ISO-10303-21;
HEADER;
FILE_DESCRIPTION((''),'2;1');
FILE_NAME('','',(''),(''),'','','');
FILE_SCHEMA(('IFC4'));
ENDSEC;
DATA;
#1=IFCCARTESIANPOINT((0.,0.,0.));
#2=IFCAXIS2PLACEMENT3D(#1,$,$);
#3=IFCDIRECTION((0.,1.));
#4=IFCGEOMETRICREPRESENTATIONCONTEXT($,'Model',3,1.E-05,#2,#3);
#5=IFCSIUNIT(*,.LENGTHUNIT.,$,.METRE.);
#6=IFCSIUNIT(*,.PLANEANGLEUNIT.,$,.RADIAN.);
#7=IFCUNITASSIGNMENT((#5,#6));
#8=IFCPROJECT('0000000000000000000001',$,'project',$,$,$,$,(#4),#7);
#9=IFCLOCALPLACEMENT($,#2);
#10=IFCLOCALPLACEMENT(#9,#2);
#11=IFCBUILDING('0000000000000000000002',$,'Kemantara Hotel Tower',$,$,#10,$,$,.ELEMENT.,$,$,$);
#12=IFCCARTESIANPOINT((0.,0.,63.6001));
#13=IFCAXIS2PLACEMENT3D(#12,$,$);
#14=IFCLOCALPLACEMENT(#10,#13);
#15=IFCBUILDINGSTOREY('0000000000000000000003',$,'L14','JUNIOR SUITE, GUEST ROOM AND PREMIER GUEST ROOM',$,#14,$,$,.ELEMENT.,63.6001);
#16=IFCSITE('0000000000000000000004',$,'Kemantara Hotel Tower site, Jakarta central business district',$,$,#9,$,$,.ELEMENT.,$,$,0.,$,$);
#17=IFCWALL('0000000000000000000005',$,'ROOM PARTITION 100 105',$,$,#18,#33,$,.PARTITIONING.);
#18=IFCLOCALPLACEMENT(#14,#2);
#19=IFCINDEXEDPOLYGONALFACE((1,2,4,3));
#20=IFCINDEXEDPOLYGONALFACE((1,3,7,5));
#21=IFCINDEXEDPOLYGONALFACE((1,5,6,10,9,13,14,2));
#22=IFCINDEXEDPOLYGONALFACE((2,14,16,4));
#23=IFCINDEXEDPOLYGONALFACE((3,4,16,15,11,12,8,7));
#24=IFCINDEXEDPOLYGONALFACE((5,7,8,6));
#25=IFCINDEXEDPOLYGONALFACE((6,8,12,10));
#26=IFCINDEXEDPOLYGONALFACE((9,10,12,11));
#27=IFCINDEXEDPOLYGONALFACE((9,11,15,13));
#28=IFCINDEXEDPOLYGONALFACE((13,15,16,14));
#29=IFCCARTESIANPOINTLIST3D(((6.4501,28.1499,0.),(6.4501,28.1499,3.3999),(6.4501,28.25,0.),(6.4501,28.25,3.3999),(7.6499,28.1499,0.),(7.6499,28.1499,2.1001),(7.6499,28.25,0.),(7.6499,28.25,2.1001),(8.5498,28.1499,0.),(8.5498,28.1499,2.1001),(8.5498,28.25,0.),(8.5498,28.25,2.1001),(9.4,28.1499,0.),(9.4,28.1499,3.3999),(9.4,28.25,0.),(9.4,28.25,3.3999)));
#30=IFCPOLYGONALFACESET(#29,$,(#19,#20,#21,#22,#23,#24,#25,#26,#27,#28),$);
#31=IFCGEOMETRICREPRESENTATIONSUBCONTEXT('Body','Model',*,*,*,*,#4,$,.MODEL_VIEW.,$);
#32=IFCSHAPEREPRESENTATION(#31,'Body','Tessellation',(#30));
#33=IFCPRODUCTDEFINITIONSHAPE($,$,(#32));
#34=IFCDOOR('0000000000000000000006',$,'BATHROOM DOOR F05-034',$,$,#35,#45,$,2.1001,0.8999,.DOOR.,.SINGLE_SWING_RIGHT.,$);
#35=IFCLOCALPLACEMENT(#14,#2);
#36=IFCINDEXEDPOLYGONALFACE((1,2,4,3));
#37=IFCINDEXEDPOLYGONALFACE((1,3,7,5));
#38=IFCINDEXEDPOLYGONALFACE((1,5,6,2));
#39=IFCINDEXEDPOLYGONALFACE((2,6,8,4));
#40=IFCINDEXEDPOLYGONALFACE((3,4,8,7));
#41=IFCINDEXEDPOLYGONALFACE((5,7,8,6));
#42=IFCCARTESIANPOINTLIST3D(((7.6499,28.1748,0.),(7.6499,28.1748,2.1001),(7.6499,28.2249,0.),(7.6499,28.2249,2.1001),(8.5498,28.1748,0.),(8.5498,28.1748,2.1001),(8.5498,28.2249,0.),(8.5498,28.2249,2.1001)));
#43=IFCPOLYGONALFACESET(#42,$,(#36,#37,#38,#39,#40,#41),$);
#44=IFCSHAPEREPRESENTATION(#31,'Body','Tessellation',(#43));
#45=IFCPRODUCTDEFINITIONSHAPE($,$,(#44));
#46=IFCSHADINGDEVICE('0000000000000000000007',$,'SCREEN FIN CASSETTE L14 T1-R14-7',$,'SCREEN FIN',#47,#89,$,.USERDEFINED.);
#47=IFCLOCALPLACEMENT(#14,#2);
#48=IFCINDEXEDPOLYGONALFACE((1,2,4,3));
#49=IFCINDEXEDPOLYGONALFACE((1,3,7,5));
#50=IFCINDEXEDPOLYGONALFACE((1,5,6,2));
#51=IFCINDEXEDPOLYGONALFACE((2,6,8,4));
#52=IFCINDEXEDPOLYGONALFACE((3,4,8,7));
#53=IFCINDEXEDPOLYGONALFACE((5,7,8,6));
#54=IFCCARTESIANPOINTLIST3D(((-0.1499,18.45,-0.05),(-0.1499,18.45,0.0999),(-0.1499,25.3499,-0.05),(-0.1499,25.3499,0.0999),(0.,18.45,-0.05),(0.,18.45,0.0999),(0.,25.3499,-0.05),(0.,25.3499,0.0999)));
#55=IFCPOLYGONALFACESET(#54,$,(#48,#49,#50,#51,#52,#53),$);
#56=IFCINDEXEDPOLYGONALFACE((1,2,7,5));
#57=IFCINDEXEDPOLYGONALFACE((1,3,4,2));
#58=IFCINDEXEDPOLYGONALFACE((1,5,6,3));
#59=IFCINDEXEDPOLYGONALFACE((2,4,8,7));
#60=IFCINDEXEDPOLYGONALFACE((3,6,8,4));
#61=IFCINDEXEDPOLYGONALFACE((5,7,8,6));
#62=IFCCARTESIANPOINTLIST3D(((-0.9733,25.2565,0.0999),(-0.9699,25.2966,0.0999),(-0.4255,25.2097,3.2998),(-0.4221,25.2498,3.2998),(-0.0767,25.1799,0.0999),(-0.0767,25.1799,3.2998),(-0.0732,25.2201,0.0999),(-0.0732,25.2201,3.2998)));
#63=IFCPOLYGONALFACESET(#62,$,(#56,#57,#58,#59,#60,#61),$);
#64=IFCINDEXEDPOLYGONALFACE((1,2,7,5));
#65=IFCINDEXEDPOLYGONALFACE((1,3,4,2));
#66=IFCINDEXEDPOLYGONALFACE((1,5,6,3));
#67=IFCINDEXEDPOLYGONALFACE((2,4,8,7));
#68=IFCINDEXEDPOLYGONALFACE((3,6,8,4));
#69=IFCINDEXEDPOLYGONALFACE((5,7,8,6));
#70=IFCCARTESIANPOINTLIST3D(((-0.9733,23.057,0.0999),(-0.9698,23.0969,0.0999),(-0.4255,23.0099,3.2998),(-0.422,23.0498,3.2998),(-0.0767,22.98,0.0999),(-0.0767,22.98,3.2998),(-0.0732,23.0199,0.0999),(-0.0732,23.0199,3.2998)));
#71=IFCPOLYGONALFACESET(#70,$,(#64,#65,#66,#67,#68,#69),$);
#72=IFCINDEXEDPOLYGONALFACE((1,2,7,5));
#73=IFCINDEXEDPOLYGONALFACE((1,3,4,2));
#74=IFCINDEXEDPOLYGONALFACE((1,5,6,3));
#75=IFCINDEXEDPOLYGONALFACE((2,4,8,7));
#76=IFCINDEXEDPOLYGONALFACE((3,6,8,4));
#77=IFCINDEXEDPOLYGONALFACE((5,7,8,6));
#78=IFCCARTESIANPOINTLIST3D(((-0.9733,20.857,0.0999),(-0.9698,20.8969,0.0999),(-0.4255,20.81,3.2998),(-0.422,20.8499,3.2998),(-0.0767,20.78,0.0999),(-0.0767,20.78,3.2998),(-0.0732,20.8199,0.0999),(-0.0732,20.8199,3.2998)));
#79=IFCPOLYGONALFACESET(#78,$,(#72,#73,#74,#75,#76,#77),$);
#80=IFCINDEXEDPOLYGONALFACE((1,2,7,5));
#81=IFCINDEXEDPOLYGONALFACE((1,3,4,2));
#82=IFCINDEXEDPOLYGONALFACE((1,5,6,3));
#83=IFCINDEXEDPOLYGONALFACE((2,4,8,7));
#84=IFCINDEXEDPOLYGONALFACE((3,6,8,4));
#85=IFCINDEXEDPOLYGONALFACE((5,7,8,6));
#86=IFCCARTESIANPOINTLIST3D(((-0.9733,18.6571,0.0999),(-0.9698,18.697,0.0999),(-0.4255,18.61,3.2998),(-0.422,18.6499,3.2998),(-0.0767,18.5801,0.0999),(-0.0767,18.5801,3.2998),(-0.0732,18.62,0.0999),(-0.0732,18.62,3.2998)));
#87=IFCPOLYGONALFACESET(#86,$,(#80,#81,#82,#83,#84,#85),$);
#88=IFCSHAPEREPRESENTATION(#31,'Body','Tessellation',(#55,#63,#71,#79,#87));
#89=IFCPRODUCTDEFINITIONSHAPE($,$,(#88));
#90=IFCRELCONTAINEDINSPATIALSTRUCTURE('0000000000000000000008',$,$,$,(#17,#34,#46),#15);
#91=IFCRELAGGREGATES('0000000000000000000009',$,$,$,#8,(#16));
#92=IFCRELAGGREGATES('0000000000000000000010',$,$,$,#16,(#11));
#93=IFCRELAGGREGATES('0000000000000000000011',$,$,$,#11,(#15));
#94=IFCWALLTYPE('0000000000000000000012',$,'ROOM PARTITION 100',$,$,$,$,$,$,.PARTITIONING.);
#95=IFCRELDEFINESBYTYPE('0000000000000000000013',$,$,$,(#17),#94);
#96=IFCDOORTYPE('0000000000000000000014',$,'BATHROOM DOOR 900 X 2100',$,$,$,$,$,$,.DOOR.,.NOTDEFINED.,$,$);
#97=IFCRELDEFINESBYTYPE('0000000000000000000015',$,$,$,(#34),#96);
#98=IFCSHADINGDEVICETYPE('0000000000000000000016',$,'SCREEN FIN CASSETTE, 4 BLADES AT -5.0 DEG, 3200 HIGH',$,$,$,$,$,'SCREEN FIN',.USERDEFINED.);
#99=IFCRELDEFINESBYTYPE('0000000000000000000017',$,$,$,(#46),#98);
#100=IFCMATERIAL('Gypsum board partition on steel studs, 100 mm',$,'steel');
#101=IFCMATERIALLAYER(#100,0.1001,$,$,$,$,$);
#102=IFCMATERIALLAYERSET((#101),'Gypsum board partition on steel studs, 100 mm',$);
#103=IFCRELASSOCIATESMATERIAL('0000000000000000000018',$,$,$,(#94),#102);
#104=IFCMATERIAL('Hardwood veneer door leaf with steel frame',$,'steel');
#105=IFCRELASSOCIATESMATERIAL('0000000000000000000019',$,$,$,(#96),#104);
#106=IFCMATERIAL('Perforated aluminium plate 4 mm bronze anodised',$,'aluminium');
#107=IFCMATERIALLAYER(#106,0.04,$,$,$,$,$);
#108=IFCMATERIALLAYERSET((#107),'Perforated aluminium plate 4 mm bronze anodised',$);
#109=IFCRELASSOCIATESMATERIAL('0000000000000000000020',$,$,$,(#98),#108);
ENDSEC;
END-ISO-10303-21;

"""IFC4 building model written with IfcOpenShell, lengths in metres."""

from ifc_helpers import new_model, si_unit, direction, frame, frame_2d, origin, origin_2d, place, context, subcontext, project, spatial, polyline, rectangle, outline, extrude, source, transform, mapped, material, layer, layer_set, type_object, element, fill, save


model = new_model("IFC4")

# Units and contexts
model_context = context("Model", 3, precision=1e-05, world=origin(), true_north=direction((0.0, 1.0)))
body_context = subcontext(model_context, "Body", "Model", "MODEL_VIEW")
ifc_project = project(units=[si_unit("LENGTHUNIT", "METRE"), si_unit("PLANEANGLEUNIT", "RADIAN")], contexts=[model_context])

# Site, building, storey
site_placement = place(None, origin())
site = spatial("IfcSite", under=ifc_project, at=site_placement, Name="Kemantara Hotel Tower site, Jakarta central business district", CompositionType="ELEMENT", RefElevation=0.0)
building_placement = place(site_placement, origin())
building = spatial("IfcBuilding", under=site, at=building_placement, Name="Kemantara Hotel Tower", CompositionType="ELEMENT")
storey_placement = place(building_placement, frame((0.0, 0.0, 63.6001)))
storey = spatial("IfcBuildingStorey", under=building, at=storey_placement, Name="L14", Description="JUNIOR SUITE, GUEST ROOM AND PREMIER GUEST ROOM", CompositionType="ELEMENT", Elevation=63.6001)

# Shared definitions
ifc_material_1 = material(Name="Hardwood veneer door leaf with steel frame", Category="steel")

# Shared definitions
ifc_material_2 = material(Name="Gypsum board partition on steel studs, 100 mm", Category="steel")
ifc_layer_1 = layer(ifc_material_2, 0.1001)
ifc_layer_set_1 = layer_set([ifc_layer_1], Name="Gypsum board partition on steel studs, 100 mm")
wall_type_1 = type_object("IfcWallType", Name="ROOM PARTITION 100", PredefinedType="PARTITIONING", material=ifc_layer_set_1)

# Wall, opening, door
wall_1_placement = place(storey_placement, frame((6.45, 28.2, 0.0), z_axis=(0.0, 0.0, 1.0), x_axis=(1.0, 0.0, 0.0)))
wall_1 = element("IfcWall", 1, at=wall_1_placement, inside=storey, type_object=wall_type_1, Name="ROOM PARTITION 100 105", PredefinedType="PARTITIONING", context=body_context, shape_type="SweptSolid", body=[
    extrude(rectangle(XDim=2.95, YDim=0.1001, at=frame_2d((1.4751, 0.0))), origin(), (0.0, 0.0, 1.0), 3.3999),
])
opening_1_placement = place(wall_1_placement, frame((1.2, 0.0, 0.0)))
opening_1 = element("IfcOpeningElement", 2, at=opening_1_placement, cuts=wall_1, PredefinedType="OPENING", context=body_context, shape_type="SweptSolid", body=[
    extrude(rectangle(XDim=0.8999, YDim=2.1001, at=frame_2d((0.45, 1.05))), frame((0.0, 0.0601, 0.0), z_axis=(0.0, -1.0, 0.0), x_axis=(1.0, 0.0, 0.0)), (0.0, 0.0, 1.0), 0.1201),
])
door_type_1 = type_object("IfcDoorType", Name="BATHROOM DOOR 900 X 2100", OperationType="NOTDEFINED", PredefinedType="DOOR", material=ifc_material_1)
door_1_placement = place(opening_1_placement, origin())
door_1 = element("IfcDoor", 3, at=door_1_placement, inside=storey, type_object=door_type_1, Name="BATHROOM DOOR F05-034", OperationType="SINGLE_SWING_RIGHT", OverallHeight=2.1001, OverallWidth=0.8999, PredefinedType="DOOR", context=body_context, shape_type="SweptSolid", body=[
    extrude(rectangle(XDim=0.8999, YDim=2.1001, at=frame_2d((0.45, 1.05))), frame((0.0, 0.0249, 0.0), z_axis=(0.0, -1.0, 0.0), x_axis=(1.0, 0.0, 0.0)), (0.0, 0.0, 1.0), 0.05),
])
fill(opening_1, door_1)

# Shading device
ifc_material_3 = material(Name="Perforated aluminium plate 4 mm bronze anodised", Category="aluminium")
ifc_layer_2 = layer(ifc_material_3, 0.04)
ifc_layer_set_2 = layer_set([ifc_layer_2], Name="Perforated aluminium plate 4 mm bronze anodised")
shading_device_type = type_object("IfcShadingDeviceType", Name="SCREEN FIN CASSETTE, 4 BLADES AT -5.0 DEG, 3200 HIGH", ElementType="SCREEN FIN", PredefinedType="USERDEFINED", material=ifc_layer_set_2)
shared_shape = source(origin(), body_context, "Body", "SweptSolid", [
    extrude(rectangle(XDim=6.8999, YDim=0.1499, at=origin_2d()), frame((3.3, -0.075, -0.1499), z_axis=(0.0, 0.0, 1.0), x_axis=(1.0, 0.0, 0.0)), (0.0, 0.0, 1.0), 0.1499),
    extrude(outline(polyline([(0.0, 0.0), (0.8999, 0.0), (0.3501, 3.2), (0.0, 3.2), (0.0, 0.0)])), frame((0.02, -0.0767, 0.0), z_axis=(-0.996376, 0.085056, 0.0), x_axis=(-0.085056, -0.996376, 0.0)), (0.0, 0.0, 1.0), 0.0403),
    extrude(outline(polyline([(0.0, 0.0), (0.8999, 0.0), (0.3501, 3.2), (0.0, 3.2), (0.0, 0.0)])), frame((2.22, -0.0767, 0.0), z_axis=(-0.996332, 0.085575, 0.0), x_axis=(-0.085575, -0.996332, 0.0)), (0.0, 0.0, 1.0), 0.04),
    extrude(outline(polyline([(0.0, 0.0), (0.8999, 0.0), (0.3501, 3.2), (0.0, 3.2), (0.0, 0.0)])), frame((4.4199, -0.0767, 0.0), z_axis=(-0.996332, 0.085575, 0.0), x_axis=(-0.085575, -0.996332, 0.0)), (0.0, 0.0, 1.0), 0.04),
    extrude(outline(polyline([(0.0, 0.0), (0.8999, 0.0), (0.3501, 3.2), (0.0, 3.2), (0.0, 0.0)])), frame((6.6199, -0.0767, 0.0), z_axis=(-0.996332, 0.085575, 0.0), x_axis=(-0.085575, -0.996332, 0.0)), (0.0, 0.0, 1.0), 0.04),
])
shading_device_placement = place(storey_placement, frame((0.0, 25.2, 0.0999), z_axis=(0.0, 0.0, 1.0), x_axis=(0.0, -1.0, 0.0)))
element("IfcShadingDevice", 4, at=shading_device_placement, inside=storey, type_object=shading_device_type, Name="SCREEN FIN CASSETTE L14 T1-R14-7", ObjectType="SCREEN FIN", PredefinedType="USERDEFINED", context=body_context, shape_type="MappedRepresentation", body=[
    mapped(shared_shape, transform((0.0, 0.0, 0.0))),
])

save(model, "model.ifc")
